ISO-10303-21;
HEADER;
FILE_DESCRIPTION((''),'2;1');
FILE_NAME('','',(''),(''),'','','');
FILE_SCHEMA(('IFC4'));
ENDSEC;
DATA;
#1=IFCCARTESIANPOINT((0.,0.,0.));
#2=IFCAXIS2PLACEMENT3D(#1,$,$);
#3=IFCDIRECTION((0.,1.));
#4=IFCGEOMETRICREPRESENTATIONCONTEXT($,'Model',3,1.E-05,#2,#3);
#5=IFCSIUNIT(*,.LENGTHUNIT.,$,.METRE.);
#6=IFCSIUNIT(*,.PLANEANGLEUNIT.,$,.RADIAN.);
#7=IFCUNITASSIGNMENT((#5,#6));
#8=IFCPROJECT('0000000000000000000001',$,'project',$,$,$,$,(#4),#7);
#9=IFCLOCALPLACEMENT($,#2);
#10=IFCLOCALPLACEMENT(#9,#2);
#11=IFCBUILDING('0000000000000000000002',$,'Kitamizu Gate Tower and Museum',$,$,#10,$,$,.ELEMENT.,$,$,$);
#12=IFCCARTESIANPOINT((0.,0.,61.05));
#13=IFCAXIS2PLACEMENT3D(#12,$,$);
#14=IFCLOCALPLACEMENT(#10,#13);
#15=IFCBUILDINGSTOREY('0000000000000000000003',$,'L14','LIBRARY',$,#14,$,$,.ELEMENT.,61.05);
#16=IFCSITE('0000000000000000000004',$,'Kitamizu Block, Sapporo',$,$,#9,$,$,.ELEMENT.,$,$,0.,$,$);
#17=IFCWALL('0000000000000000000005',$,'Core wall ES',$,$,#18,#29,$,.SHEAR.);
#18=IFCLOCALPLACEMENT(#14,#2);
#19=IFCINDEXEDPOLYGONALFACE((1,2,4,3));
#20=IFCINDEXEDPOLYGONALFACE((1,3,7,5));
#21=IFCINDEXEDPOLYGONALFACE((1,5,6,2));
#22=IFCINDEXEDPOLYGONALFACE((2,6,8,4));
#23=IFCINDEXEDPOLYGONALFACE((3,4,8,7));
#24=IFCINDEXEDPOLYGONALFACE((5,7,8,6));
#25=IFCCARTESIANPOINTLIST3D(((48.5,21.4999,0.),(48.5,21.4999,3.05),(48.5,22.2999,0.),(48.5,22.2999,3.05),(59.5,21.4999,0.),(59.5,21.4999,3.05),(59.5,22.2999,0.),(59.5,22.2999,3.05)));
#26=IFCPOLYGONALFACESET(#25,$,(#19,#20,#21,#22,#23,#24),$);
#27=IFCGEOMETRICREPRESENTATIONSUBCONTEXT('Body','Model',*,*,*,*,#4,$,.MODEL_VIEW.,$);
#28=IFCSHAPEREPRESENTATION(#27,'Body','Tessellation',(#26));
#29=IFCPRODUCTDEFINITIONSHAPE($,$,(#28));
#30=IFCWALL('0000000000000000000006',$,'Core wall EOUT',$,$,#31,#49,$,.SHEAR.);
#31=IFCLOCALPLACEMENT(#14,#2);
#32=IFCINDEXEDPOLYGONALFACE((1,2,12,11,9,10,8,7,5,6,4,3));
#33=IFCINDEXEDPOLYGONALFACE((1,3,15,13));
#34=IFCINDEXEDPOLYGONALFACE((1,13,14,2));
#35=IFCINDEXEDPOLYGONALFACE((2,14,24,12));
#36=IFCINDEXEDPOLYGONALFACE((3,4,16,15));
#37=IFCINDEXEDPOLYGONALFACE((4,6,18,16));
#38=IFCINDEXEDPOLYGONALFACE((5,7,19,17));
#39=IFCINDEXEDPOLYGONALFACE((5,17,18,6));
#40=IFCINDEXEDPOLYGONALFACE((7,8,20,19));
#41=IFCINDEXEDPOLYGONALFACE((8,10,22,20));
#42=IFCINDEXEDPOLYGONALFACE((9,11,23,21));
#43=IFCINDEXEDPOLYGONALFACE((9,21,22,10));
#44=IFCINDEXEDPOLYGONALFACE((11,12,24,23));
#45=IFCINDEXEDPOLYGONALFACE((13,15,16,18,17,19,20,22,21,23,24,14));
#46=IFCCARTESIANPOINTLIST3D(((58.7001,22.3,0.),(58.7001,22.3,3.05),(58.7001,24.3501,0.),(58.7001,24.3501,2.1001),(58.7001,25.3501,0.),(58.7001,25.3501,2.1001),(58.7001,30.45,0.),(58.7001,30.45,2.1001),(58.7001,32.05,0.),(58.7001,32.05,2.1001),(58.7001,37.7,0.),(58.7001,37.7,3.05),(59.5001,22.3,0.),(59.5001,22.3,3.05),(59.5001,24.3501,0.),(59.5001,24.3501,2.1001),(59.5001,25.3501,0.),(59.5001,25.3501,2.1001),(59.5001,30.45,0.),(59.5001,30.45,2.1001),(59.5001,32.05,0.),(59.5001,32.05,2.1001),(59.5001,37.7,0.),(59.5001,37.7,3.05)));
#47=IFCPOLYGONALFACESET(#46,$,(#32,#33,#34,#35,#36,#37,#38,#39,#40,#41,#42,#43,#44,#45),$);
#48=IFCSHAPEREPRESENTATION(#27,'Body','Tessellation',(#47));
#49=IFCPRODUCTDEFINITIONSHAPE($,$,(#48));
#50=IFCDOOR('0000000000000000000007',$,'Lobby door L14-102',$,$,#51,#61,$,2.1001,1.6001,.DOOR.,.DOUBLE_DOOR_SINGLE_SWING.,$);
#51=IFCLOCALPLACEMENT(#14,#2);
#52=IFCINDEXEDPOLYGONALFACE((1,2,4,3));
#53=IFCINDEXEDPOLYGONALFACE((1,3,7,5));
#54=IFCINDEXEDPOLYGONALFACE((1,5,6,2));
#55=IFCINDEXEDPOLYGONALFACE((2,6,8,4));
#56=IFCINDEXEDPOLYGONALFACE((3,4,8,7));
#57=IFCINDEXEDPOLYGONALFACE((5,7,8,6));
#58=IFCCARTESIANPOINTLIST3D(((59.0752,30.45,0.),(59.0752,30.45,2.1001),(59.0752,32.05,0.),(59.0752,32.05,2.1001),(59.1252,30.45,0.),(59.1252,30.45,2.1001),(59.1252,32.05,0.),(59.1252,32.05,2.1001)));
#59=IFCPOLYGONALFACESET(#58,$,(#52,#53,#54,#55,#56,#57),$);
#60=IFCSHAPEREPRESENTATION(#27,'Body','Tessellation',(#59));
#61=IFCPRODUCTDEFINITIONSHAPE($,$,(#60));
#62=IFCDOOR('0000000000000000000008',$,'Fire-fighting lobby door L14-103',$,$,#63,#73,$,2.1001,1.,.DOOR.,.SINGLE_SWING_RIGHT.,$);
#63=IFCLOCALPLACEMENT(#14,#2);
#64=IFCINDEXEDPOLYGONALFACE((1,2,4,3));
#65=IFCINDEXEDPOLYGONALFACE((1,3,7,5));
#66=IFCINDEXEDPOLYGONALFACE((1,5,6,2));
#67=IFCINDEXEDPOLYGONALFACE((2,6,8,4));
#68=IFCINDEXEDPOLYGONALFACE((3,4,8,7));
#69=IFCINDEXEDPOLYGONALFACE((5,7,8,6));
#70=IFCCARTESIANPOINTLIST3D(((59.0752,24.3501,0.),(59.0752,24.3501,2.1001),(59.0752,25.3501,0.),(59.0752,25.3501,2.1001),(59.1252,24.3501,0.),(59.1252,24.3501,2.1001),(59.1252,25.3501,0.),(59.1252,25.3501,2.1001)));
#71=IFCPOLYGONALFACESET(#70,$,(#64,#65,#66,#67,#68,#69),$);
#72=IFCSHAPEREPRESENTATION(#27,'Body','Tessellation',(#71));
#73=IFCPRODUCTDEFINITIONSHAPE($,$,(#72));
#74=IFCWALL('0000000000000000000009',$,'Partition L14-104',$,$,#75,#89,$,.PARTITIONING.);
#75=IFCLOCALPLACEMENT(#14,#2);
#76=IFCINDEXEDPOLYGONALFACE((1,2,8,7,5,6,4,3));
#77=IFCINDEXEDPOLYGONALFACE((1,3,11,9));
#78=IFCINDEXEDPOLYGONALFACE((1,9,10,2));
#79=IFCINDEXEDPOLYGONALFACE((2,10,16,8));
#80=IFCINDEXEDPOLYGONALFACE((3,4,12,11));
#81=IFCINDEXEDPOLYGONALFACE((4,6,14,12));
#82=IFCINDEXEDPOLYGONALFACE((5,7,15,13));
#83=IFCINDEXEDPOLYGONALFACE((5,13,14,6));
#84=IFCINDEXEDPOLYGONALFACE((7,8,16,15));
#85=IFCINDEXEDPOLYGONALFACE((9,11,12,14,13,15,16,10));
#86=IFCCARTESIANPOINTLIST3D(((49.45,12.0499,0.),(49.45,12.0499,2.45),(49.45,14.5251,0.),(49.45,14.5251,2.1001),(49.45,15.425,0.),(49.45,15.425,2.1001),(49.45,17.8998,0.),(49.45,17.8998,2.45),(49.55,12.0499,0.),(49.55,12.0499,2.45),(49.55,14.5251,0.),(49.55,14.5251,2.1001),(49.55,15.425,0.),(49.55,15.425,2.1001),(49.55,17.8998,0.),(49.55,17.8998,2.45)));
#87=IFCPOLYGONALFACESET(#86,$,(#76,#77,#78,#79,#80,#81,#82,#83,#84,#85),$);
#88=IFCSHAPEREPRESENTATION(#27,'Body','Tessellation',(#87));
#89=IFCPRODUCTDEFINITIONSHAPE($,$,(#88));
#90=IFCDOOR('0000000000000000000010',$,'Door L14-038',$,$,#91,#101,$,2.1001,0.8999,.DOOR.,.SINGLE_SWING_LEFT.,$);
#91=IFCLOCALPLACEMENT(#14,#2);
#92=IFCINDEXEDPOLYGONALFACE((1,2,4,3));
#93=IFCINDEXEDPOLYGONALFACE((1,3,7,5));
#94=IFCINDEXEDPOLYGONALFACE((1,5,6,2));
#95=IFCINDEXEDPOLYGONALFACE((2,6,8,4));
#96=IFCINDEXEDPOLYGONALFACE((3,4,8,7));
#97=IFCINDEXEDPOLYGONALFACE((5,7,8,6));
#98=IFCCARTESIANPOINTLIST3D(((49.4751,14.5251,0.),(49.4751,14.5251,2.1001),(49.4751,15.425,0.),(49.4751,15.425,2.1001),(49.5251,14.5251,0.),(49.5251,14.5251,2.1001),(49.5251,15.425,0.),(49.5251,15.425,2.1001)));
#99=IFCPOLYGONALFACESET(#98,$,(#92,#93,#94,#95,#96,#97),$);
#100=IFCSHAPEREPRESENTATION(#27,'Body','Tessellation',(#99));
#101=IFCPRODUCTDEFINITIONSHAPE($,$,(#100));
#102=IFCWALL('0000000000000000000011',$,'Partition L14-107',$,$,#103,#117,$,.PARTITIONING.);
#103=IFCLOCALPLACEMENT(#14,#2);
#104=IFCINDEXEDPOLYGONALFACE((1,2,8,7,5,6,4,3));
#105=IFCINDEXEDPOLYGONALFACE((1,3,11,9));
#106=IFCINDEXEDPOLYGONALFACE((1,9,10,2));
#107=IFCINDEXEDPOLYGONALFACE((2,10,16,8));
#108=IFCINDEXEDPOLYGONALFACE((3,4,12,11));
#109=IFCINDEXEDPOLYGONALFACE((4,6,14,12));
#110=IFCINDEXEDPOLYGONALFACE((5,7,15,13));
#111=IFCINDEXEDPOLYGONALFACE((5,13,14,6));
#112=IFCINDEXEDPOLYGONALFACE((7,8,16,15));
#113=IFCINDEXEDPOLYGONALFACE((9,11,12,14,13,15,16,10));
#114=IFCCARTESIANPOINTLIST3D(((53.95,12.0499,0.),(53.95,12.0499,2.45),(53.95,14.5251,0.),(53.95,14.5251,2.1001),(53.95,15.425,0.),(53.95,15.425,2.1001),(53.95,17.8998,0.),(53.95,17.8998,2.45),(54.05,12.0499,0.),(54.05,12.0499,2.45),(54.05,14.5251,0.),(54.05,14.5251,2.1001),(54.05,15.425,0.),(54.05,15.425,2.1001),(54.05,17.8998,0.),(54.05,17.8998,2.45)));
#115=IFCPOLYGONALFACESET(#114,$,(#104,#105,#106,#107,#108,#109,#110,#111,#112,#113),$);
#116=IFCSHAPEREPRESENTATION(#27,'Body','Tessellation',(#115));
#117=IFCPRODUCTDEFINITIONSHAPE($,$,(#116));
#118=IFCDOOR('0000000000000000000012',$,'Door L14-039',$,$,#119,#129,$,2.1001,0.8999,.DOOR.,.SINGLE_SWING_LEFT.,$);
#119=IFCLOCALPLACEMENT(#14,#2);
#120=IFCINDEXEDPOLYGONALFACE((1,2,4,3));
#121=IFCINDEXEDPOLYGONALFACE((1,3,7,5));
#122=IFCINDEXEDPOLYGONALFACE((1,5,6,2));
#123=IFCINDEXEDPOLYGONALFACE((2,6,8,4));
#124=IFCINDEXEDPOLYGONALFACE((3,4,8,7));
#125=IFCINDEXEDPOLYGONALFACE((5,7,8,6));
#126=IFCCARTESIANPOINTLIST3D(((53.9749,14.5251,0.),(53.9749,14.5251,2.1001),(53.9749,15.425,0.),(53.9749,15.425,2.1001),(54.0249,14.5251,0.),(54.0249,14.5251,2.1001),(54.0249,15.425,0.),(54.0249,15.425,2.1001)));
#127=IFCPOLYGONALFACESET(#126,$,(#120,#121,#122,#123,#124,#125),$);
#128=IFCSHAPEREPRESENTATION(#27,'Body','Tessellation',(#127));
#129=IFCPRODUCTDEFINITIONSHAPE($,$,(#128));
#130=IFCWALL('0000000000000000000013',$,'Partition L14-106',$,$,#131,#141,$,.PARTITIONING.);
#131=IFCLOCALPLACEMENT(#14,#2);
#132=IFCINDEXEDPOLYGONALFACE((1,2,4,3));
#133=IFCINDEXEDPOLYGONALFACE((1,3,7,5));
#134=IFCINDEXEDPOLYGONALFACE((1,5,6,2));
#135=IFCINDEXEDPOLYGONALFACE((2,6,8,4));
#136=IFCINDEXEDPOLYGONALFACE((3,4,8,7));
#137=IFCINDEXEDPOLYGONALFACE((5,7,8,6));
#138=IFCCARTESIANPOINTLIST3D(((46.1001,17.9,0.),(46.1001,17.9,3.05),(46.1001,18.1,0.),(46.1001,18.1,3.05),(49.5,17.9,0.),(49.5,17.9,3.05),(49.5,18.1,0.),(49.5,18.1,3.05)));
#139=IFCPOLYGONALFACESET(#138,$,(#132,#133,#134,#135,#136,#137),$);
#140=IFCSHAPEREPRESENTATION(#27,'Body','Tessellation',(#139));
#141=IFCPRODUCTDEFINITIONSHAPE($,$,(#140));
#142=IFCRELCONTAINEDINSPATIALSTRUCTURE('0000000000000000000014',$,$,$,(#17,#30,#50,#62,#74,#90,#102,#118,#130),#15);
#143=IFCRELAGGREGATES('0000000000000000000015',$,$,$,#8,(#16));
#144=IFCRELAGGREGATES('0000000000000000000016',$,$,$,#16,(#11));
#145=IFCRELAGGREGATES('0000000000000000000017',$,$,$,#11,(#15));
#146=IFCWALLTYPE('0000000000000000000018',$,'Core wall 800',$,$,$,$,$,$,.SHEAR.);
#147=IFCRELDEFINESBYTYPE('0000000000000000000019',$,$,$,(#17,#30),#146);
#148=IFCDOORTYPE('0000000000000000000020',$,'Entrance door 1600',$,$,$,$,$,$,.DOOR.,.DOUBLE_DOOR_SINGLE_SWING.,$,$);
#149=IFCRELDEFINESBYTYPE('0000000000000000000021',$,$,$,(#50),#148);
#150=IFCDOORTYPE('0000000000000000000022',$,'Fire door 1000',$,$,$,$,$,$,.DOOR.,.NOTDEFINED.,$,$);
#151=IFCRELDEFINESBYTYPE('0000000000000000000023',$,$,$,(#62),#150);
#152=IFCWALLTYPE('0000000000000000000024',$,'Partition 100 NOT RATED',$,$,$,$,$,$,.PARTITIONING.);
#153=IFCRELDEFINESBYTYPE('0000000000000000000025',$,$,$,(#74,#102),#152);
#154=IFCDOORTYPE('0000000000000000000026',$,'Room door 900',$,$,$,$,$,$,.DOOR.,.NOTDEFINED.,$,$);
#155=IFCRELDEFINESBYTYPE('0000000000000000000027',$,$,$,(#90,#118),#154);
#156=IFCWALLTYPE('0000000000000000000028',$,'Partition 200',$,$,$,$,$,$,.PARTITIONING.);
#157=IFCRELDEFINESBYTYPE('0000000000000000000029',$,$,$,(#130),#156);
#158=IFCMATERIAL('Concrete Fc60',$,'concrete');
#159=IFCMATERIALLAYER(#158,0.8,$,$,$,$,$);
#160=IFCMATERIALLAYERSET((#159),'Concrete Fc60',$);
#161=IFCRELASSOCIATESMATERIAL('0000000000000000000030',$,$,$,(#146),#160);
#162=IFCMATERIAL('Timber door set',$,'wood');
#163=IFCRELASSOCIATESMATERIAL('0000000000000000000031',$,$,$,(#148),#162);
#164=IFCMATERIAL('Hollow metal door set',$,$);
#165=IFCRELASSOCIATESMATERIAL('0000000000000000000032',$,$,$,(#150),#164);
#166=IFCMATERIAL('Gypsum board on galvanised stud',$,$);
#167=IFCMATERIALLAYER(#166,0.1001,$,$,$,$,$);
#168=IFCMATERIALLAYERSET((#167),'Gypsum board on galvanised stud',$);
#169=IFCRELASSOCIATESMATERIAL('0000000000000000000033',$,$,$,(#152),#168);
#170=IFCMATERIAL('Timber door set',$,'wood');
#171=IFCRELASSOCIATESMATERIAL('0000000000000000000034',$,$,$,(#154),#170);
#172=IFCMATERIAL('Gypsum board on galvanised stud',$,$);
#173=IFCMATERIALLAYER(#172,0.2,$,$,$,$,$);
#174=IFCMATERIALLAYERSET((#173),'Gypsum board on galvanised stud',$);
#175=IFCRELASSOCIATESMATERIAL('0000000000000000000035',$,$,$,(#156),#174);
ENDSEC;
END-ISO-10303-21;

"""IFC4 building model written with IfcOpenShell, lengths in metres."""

from ifc_helpers import new_model, si_unit, direction, frame, frame_2d, origin, place, context, subcontext, project, spatial, rectangle, extrude, material, layer, layer_set, type_object, element, fill, save


model = new_model("IFC4")

# Units and contexts
model_context = context("Model", 3, precision=1e-05, world=origin(), true_north=direction((0.0, 1.0)))
body_context = subcontext(model_context, "Body", "Model", "MODEL_VIEW")
ifc_project = project(units=[si_unit("LENGTHUNIT", "METRE"), si_unit("PLANEANGLEUNIT", "RADIAN")], contexts=[model_context])

# Site, building, storey
site_placement = place(None, origin())
site = spatial("IfcSite", under=ifc_project, at=site_placement, Name="Kitamizu Block, Sapporo", CompositionType="ELEMENT", RefElevation=0.0)
building_placement = place(site_placement, origin())
building = spatial("IfcBuilding", under=site, at=building_placement, Name="Kitamizu Gate Tower and Museum", CompositionType="ELEMENT")
storey_placement = place(building_placement, frame((0.0, 0.0, 61.05)))
storey = spatial("IfcBuildingStorey", under=building, at=storey_placement, Name="L14", Description="LIBRARY", CompositionType="ELEMENT", Elevation=61.05)

# Wall
ifc_material_1 = material(Name="Concrete Fc60", Category="concrete")
ifc_layer_1 = layer(ifc_material_1, 0.8)
ifc_layer_set_1 = layer_set([ifc_layer_1], Name="Concrete Fc60")
wall_type_1 = type_object("IfcWallType", Name="Core wall 800", PredefinedType="SHEAR", material=ifc_layer_set_1)
wall_1_placement = place(storey_placement, frame((59.5, 21.8999, 0.0), z_axis=(0.0, 0.0, 1.0), x_axis=(-1.0, 0.0, 0.0)))
element("IfcWall", 1, at=wall_1_placement, inside=storey, type_object=wall_type_1, Name="Core wall ES", PredefinedType="SHEAR", context=body_context, shape_type="SweptSolid", body=[
    extrude(rectangle(XDim=11.0, YDim=0.8, at=frame_2d((5.5, 0.0))), origin(), (0.0, 0.0, 1.0), 3.05),
])

# Wall, openings, doors
wall_2_placement = place(storey_placement, frame((59.1001, 22.3, 0.0), z_axis=(0.0, 0.0, 1.0), x_axis=(0.0, 1.0, 0.0)))
wall_2 = element("IfcWall", 2, at=wall_2_placement, inside=storey, type_object=wall_type_1, Name="Core wall EOUT", PredefinedType="SHEAR", context=body_context, shape_type="SweptSolid", body=[
    extrude(rectangle(XDim=15.3999, YDim=0.8, at=frame_2d((7.7, 0.0))), origin(), (0.0, 0.0, 1.0), 3.05),
])
opening_1_placement = place(wall_2_placement, frame((8.1499, 0.0, 0.0)))
opening_1 = element("IfcOpeningElement", 3, at=opening_1_placement, cuts=wall_2, PredefinedType="OPENING", context=body_context, shape_type="SweptSolid", body=[
    extrude(rectangle(XDim=1.6001, YDim=2.1001, at=frame_2d((0.8, 1.05))), frame((0.0, 0.4102, 0.0), z_axis=(0.0, -1.0, 0.0), x_axis=(1.0, 0.0, 0.0)), (0.0, 0.0, 1.0), 0.8201),
])
opening_2_placement = place(wall_2_placement, frame((2.05, 0.0, 0.0)))
opening_2 = element("IfcOpeningElement", 4, at=opening_2_placement, cuts=wall_2, PredefinedType="OPENING", context=body_context, shape_type="SweptSolid", body=[
    extrude(rectangle(XDim=1.0, YDim=2.1001, at=frame_2d((0.5, 1.05))), frame((0.0, 0.4102, 0.0), z_axis=(0.0, -1.0, 0.0), x_axis=(1.0, 0.0, 0.0)), (0.0, 0.0, 1.0), 0.8201),
])
ifc_material_2 = material(Name="Timber door set", Category="wood")
door_type_1 = type_object("IfcDoorType", Name="Entrance door 1600", OperationType="DOUBLE_DOOR_SINGLE_SWING", PredefinedType="DOOR", material=ifc_material_2)
door_1_placement = place(opening_1_placement, origin())
door_1 = element("IfcDoor", 5, at=door_1_placement, inside=storey, type_object=door_type_1, Name="Lobby door L14-102", OperationType="DOUBLE_DOOR_SINGLE_SWING", OverallHeight=2.1001, OverallWidth=1.6001, PredefinedType="DOOR", context=body_context, shape_type="SweptSolid", body=[
    extrude(rectangle(XDim=1.6001, YDim=2.1001, at=frame_2d((0.8, 1.05))), frame((0.0, 0.0249, 0.0), z_axis=(0.0, -1.0, 0.0), x_axis=(1.0, 0.0, 0.0)), (0.0, 0.0, 1.0), 0.05),
])
fill(opening_1, door_1)
ifc_material_3 = material(Name="Hollow metal door set")
door_type_2 = type_object("IfcDoorType", Name="Fire door 1000", OperationType="NOTDEFINED", PredefinedType="DOOR", material=ifc_material_3)
door_2_placement = place(opening_2_placement, origin())
door_2 = element("IfcDoor", 6, at=door_2_placement, inside=storey, type_object=door_type_2, Name="Fire-fighting lobby door L14-103", OperationType="SINGLE_SWING_RIGHT", OverallHeight=2.1001, OverallWidth=1.0, PredefinedType="DOOR", context=body_context, shape_type="SweptSolid", body=[
    extrude(rectangle(XDim=1.0, YDim=2.1001, at=frame_2d((0.5, 1.05))), frame((0.0, 0.0249, 0.0), z_axis=(0.0, -1.0, 0.0), x_axis=(1.0, 0.0, 0.0)), (0.0, 0.0, 1.0), 0.05),
])
fill(opening_2, door_2)

# Walls, openings, doors
ifc_material_4 = material(Name="Gypsum board on galvanised stud")
ifc_layer_2 = layer(ifc_material_4, 0.1001)
ifc_layer_set_2 = layer_set([ifc_layer_2], Name="Gypsum board on galvanised stud")
wall_type_2 = type_object("IfcWallType", Name="Partition 100 NOT RATED", PredefinedType="PARTITIONING", material=ifc_layer_set_2)
wall_3_placement = place(storey_placement, frame((49.5, 12.05, 0.0), z_axis=(0.0, 0.0, 1.0), x_axis=(0.0, 1.0, 0.0)))
wall_3 = element("IfcWall", 7, at=wall_3_placement, inside=storey, type_object=wall_type_2, Name="Partition L14-104", PredefinedType="PARTITIONING", context=body_context, shape_type="SweptSolid", body=[
    extrude(rectangle(XDim=5.8499, YDim=0.1001, at=frame_2d((2.9248, 0.0))), origin(), (0.0, 0.0, 1.0), 2.45),
])
opening_3_placement = place(wall_3_placement, frame((2.4751, 0.0, 0.0)))
opening_3 = element("IfcOpeningElement", 8, at=opening_3_placement, cuts=wall_3, PredefinedType="OPENING", context=body_context, shape_type="SweptSolid", body=[
    extrude(rectangle(XDim=0.8999, YDim=2.1001, at=frame_2d((0.45, 1.05))), frame((0.0, 0.0601, 0.0), z_axis=(0.0, -1.0, 0.0), x_axis=(1.0, 0.0, 0.0)), (0.0, 0.0, 1.0), 0.1201),
])
ifc_material_5 = material(Name="Timber door set", Category="wood")
door_type_3 = type_object("IfcDoorType", Name="Room door 900", OperationType="NOTDEFINED", PredefinedType="DOOR", material=ifc_material_5)
door_3_placement = place(opening_3_placement, origin())
door_3 = element("IfcDoor", 9, at=door_3_placement, inside=storey, type_object=door_type_3, Name="Door L14-038", OperationType="SINGLE_SWING_LEFT", OverallHeight=2.1001, OverallWidth=0.8999, PredefinedType="DOOR", context=body_context, shape_type="SweptSolid", body=[
    extrude(rectangle(XDim=0.8999, YDim=2.1001, at=frame_2d((0.45, 1.05))), frame((0.0, 0.0249, 0.0), z_axis=(0.0, -1.0, 0.0), x_axis=(1.0, 0.0, 0.0)), (0.0, 0.0, 1.0), 0.05),
])
fill(opening_3, door_3)
wall_4_placement = place(storey_placement, frame((54.0, 12.05, 0.0), z_axis=(0.0, 0.0, 1.0), x_axis=(0.0, 1.0, 0.0)))
wall_4 = element("IfcWall", 10, at=wall_4_placement, inside=storey, type_object=wall_type_2, Name="Partition L14-107", PredefinedType="PARTITIONING", context=body_context, shape_type="SweptSolid", body=[
    extrude(rectangle(XDim=5.8499, YDim=0.1001, at=frame_2d((2.9248, 0.0))), origin(), (0.0, 0.0, 1.0), 2.45),
])
opening_4_placement = place(wall_4_placement, frame((2.4751, 0.0, 0.0)))
opening_4 = element("IfcOpeningElement", 11, at=opening_4_placement, cuts=wall_4, PredefinedType="OPENING", context=body_context, shape_type="SweptSolid", body=[
    extrude(rectangle(XDim=0.8999, YDim=2.1001, at=frame_2d((0.45, 1.05))), frame((0.0, 0.0601, 0.0), z_axis=(0.0, -1.0, 0.0), x_axis=(1.0, 0.0, 0.0)), (0.0, 0.0, 1.0), 0.1201),
])
door_4_placement = place(opening_4_placement, frame((0.8999, 0.0, 0.0), x_axis=(-1.0, 0.0, 0.0)))
door_4 = element("IfcDoor", 12, at=door_4_placement, inside=storey, type_object=door_type_3, Name="Door L14-039", OperationType="SINGLE_SWING_LEFT", OverallHeight=2.1001, OverallWidth=0.8999, PredefinedType="DOOR", context=body_context, shape_type="SweptSolid", body=[
    extrude(rectangle(XDim=0.8999, YDim=2.1001, at=frame_2d((0.45, 1.05))), frame((0.0, 0.0249, 0.0), z_axis=(0.0, -1.0, 0.0), x_axis=(1.0, 0.0, 0.0)), (0.0, 0.0, 1.0), 0.05),
])
fill(opening_4, door_4)

# Wall
ifc_material_6 = material(Name="Gypsum board on galvanised stud")
ifc_layer_3 = layer(ifc_material_6, 0.2)
ifc_layer_set_3 = layer_set([ifc_layer_3], Name="Gypsum board on galvanised stud")
wall_type_3 = type_object("IfcWallType", Name="Partition 200", PredefinedType="PARTITIONING", material=ifc_layer_set_3)
wall_5_placement = place(storey_placement, frame((49.5, 18.0, 0.0), z_axis=(0.0, 0.0, 1.0), x_axis=(-1.0, 0.0, 0.0)))
element("IfcWall", 13, at=wall_5_placement, inside=storey, type_object=wall_type_3, Name="Partition L14-106", PredefinedType="PARTITIONING", context=body_context, shape_type="SweptSolid", body=[
    extrude(rectangle(XDim=3.3999, YDim=0.2, at=frame_2d((1.7, 0.0))), origin(), (0.0, 0.0, 1.0), 3.05),
])

save(model, "model.ifc")
